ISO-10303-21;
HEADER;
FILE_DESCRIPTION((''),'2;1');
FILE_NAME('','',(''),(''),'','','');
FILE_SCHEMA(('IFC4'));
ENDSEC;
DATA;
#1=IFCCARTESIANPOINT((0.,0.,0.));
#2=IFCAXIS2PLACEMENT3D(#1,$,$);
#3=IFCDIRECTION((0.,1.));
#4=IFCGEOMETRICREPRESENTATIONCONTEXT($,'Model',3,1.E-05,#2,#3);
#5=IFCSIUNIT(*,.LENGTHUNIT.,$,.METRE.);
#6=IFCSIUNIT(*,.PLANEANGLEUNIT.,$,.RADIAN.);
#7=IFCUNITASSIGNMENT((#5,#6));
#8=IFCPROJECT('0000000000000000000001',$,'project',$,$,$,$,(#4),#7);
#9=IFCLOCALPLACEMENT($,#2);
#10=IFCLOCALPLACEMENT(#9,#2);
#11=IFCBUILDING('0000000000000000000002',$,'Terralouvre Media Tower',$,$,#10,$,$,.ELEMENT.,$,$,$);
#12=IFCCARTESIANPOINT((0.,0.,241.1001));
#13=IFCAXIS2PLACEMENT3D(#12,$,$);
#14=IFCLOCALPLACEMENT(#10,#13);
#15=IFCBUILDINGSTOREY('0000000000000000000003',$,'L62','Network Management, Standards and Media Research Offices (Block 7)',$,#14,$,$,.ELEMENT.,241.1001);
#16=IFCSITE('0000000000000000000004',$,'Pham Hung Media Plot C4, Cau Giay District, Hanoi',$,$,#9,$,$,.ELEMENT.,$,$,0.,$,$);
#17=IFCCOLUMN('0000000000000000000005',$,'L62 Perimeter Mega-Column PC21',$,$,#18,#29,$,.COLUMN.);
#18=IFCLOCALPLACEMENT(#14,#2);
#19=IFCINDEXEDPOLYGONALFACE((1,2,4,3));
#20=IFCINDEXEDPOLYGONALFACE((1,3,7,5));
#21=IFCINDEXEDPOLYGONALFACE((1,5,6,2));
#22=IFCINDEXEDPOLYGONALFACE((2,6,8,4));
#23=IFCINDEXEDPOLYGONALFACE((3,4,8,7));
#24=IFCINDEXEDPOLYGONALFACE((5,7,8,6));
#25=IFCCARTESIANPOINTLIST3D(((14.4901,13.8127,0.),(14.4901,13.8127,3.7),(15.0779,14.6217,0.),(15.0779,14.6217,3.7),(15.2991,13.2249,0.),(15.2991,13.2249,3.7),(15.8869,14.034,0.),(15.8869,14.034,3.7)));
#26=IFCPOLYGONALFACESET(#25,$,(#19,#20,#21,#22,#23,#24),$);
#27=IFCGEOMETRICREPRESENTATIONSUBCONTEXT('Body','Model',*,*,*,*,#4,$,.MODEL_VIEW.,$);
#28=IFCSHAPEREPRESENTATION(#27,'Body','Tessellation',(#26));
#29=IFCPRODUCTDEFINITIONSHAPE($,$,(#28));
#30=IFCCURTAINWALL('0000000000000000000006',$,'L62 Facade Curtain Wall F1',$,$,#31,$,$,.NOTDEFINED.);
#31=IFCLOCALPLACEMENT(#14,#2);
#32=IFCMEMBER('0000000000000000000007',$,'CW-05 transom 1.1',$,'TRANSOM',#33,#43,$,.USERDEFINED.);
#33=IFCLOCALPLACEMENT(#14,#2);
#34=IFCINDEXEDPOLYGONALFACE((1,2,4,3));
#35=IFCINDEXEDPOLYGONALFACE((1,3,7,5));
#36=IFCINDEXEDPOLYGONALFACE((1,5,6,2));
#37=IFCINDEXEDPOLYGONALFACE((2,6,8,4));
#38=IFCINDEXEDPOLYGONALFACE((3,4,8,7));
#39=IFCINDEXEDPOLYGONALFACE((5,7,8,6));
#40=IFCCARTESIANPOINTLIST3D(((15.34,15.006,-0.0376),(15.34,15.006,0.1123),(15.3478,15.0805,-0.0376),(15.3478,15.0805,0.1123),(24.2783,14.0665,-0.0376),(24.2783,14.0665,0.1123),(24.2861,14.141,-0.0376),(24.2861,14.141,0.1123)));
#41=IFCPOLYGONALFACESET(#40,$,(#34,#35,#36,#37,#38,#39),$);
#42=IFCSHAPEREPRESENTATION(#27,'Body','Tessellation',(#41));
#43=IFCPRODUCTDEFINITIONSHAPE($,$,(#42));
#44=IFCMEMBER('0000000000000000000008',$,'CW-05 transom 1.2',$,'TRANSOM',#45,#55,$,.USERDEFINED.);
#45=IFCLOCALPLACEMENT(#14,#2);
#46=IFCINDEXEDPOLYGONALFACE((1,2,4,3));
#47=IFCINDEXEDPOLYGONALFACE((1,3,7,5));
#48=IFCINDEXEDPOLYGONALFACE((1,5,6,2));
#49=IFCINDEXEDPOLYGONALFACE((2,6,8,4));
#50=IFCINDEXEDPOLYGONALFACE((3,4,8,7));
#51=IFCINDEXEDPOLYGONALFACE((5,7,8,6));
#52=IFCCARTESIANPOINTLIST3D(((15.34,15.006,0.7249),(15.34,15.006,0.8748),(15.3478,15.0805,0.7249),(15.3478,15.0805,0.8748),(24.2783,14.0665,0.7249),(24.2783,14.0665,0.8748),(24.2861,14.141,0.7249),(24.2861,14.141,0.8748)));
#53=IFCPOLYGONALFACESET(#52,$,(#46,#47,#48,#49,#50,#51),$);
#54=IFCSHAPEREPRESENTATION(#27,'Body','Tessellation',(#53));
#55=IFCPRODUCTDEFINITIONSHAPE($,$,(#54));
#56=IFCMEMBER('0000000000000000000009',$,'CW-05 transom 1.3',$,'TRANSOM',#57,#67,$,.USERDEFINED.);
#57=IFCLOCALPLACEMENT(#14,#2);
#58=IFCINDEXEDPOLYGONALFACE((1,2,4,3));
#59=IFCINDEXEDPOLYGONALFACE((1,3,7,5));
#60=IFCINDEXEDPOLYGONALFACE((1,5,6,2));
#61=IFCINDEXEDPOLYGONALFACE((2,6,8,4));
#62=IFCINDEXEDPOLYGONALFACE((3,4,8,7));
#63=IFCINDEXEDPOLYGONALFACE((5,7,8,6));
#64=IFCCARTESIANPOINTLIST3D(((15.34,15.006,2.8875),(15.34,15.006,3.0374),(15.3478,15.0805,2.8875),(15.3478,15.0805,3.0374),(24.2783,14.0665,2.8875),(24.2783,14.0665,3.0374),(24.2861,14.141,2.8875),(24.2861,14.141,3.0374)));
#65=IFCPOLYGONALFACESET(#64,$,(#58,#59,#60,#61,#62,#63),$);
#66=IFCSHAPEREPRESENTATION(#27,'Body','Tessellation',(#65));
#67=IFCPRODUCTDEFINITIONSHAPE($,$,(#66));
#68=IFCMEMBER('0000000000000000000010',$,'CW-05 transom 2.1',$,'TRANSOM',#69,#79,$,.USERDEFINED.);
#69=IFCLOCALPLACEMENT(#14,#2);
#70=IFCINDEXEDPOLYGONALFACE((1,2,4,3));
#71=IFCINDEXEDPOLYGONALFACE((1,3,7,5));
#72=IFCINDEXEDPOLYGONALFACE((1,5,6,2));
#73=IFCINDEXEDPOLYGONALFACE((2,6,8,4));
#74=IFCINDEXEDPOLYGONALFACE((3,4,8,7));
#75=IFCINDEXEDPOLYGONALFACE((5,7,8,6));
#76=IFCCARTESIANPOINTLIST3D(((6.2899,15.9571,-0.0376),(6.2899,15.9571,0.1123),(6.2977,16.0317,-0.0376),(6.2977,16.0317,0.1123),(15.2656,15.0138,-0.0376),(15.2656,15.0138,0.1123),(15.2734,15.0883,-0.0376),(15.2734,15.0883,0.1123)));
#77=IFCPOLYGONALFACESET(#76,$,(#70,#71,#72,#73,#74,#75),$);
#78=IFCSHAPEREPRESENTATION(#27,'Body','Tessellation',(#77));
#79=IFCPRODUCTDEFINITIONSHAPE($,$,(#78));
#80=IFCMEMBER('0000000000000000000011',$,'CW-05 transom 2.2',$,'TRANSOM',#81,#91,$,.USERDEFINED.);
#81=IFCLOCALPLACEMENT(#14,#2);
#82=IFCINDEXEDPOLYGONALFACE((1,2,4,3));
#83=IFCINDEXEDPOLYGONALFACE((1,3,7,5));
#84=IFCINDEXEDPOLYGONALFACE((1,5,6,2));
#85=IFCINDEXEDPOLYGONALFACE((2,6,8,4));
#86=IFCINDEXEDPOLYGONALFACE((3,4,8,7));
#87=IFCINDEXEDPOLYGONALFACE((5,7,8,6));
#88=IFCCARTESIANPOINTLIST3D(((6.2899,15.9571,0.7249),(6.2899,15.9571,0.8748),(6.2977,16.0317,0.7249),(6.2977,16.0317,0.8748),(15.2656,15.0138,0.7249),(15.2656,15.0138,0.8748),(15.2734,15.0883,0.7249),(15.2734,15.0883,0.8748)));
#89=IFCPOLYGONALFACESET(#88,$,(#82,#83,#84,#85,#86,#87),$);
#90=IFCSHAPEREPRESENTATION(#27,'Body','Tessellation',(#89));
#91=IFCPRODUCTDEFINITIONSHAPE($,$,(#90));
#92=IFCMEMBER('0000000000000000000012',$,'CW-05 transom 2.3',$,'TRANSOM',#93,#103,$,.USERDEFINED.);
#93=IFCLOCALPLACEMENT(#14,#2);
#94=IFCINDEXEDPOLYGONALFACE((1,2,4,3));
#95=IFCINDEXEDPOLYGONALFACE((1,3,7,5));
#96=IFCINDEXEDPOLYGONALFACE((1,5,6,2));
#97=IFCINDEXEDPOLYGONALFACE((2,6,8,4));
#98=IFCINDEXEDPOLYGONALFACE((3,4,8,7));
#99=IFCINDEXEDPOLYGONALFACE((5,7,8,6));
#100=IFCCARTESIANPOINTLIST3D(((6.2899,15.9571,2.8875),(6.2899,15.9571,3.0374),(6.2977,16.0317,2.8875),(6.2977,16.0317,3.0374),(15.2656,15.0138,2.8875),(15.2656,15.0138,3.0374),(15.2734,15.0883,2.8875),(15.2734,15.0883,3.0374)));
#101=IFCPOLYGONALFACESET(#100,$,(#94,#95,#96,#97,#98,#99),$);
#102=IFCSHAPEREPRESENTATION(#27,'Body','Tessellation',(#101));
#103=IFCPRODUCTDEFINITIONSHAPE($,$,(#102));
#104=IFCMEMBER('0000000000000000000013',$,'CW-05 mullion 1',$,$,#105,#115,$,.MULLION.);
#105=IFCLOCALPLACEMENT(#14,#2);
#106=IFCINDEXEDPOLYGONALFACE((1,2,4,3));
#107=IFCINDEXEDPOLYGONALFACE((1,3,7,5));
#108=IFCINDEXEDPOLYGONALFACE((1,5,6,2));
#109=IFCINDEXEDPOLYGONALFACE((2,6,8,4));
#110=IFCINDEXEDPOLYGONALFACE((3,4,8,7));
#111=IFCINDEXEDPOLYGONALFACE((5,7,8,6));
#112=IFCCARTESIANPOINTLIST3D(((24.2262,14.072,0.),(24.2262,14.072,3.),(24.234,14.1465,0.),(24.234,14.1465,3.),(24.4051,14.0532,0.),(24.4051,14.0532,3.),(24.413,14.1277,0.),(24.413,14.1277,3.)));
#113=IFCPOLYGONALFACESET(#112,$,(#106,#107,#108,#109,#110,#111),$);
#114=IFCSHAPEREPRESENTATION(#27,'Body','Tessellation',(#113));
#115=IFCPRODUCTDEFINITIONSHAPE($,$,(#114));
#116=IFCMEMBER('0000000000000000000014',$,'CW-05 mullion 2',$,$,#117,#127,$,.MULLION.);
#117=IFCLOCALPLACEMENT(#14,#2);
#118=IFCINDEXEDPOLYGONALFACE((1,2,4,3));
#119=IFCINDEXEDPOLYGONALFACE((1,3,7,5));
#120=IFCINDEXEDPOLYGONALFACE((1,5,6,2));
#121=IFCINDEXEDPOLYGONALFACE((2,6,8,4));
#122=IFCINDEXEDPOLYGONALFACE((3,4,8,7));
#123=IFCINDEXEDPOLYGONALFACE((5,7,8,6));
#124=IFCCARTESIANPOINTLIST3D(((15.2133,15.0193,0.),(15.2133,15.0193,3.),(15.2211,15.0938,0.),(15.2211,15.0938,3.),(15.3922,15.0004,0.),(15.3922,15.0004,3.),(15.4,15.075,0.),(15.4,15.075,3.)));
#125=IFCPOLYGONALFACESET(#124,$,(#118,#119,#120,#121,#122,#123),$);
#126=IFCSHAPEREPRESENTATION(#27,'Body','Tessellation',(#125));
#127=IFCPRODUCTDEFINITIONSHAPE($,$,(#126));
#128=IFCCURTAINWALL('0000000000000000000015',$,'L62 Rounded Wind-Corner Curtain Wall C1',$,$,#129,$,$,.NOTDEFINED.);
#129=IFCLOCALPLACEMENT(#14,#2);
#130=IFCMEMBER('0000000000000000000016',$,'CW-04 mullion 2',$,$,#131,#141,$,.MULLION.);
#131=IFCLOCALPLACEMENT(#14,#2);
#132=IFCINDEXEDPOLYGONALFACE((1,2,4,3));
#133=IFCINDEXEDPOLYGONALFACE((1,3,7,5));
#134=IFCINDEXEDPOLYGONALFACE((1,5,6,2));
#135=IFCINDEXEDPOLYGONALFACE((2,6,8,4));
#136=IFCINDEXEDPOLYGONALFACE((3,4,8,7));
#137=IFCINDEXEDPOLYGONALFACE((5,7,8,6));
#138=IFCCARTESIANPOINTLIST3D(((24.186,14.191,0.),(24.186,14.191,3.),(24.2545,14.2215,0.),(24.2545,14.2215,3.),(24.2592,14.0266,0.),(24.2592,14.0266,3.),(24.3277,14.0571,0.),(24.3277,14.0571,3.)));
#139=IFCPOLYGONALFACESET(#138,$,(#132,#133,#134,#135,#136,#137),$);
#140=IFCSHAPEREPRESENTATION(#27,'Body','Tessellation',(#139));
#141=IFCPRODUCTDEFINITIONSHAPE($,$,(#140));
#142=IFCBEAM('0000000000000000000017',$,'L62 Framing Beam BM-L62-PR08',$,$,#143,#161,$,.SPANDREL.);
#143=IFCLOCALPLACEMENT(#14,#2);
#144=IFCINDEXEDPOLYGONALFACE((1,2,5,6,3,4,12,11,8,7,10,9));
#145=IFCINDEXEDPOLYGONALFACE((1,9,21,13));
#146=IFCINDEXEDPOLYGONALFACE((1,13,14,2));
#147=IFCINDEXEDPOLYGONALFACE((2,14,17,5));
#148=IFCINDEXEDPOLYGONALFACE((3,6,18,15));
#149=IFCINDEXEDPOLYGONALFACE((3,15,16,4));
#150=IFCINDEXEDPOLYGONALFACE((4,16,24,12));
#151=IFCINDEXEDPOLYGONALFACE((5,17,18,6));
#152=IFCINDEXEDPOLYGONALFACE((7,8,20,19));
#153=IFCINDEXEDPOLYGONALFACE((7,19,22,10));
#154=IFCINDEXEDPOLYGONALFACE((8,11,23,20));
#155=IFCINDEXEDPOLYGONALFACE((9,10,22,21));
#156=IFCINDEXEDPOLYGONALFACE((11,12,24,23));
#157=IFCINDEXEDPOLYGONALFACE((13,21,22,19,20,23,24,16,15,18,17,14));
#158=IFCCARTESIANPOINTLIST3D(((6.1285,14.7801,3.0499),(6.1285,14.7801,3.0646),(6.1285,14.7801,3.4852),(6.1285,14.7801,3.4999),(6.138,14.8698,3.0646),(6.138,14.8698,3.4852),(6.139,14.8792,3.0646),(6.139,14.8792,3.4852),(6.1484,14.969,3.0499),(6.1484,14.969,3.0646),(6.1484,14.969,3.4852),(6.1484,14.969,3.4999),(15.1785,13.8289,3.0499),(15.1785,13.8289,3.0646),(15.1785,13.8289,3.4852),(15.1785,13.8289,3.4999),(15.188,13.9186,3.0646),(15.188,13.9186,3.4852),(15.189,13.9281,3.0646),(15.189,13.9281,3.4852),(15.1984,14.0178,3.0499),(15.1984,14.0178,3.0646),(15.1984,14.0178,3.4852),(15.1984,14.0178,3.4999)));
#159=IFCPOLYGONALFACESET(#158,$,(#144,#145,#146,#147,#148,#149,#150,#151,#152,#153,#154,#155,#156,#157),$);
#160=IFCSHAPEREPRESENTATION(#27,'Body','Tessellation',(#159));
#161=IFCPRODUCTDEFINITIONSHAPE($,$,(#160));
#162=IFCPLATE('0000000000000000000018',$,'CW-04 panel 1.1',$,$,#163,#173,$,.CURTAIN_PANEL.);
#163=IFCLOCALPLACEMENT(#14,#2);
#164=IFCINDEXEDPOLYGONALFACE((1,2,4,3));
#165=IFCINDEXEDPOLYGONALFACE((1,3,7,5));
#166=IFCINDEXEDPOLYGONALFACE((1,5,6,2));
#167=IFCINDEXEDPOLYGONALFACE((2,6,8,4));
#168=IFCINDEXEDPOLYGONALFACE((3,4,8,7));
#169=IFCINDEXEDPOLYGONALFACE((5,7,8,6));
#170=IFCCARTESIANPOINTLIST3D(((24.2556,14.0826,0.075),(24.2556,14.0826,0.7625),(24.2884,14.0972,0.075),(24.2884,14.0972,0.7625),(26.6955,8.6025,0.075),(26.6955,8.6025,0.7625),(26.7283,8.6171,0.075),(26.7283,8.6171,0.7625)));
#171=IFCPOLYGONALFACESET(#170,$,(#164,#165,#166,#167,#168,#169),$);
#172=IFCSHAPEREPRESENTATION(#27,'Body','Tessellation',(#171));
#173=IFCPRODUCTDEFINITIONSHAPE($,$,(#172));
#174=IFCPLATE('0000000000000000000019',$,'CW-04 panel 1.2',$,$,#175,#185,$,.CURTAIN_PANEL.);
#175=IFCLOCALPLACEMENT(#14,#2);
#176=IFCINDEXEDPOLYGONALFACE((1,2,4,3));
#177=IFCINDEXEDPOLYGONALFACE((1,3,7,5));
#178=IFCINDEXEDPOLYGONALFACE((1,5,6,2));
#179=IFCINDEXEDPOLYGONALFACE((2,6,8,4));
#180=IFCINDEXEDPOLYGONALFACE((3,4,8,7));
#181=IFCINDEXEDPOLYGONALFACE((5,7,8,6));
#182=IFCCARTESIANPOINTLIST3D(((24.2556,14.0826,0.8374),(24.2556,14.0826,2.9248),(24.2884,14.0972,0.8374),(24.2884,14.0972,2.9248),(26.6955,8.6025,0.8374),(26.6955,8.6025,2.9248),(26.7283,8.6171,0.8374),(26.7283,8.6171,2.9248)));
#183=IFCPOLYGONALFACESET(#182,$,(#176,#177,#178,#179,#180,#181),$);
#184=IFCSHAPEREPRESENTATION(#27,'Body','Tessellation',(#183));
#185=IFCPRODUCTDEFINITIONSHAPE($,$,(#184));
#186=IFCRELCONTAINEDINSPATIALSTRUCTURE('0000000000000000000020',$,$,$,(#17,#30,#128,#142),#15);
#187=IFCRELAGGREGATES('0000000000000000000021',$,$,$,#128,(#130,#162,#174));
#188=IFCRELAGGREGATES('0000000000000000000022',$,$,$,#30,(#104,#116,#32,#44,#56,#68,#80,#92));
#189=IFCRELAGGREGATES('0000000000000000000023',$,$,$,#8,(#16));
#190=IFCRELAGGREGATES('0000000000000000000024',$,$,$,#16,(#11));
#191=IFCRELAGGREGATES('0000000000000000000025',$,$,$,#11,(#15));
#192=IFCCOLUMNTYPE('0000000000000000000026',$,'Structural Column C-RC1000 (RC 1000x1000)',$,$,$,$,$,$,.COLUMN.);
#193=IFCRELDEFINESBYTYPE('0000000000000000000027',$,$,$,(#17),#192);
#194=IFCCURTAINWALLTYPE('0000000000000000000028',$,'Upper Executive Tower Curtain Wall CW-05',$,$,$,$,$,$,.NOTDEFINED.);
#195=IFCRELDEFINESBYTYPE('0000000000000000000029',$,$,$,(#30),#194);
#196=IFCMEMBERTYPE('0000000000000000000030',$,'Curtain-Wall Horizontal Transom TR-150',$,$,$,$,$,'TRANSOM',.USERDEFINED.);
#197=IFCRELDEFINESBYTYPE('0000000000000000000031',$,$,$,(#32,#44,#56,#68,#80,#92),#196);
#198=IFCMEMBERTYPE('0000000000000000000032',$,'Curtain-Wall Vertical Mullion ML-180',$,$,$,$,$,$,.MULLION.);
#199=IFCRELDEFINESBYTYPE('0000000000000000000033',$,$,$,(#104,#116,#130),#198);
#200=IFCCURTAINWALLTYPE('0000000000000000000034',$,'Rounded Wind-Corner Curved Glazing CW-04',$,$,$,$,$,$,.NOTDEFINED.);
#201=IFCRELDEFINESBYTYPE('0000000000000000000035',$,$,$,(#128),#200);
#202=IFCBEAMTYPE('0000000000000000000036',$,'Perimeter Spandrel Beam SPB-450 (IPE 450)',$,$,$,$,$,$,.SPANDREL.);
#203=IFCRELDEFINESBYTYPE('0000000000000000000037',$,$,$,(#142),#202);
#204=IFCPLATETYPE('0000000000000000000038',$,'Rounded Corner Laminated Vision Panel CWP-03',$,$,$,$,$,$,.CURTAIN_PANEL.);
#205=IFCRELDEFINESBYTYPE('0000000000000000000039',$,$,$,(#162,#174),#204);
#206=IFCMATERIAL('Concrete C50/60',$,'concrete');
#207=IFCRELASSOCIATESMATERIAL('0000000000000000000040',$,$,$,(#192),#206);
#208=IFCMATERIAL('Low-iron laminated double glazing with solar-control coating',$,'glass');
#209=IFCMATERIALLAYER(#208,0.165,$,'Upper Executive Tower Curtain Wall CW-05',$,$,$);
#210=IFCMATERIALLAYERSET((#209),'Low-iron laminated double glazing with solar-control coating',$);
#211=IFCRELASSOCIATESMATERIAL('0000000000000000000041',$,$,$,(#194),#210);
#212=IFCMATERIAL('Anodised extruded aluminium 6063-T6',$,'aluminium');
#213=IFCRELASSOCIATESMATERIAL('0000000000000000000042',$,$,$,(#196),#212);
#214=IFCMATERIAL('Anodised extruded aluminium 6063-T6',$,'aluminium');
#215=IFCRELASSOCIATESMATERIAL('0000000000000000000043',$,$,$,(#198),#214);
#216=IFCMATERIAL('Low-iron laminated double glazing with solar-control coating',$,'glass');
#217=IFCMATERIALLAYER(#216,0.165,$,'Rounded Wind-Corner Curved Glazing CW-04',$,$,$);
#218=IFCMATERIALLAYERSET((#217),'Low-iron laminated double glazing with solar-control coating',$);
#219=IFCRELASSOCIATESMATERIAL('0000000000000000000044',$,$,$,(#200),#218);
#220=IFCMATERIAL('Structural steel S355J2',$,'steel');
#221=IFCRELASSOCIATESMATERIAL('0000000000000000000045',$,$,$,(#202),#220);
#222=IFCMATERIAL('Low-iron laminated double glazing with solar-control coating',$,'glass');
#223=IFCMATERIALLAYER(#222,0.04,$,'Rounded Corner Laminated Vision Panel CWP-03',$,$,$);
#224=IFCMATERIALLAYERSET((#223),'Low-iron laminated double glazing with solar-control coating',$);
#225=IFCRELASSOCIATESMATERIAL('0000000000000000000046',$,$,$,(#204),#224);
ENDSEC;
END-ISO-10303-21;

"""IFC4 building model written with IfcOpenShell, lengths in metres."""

from ifc_helpers import new_model, si_unit, direction, frame, origin, origin_2d, place, context, subcontext, project, spatial, rectangle, i_section, extrude, material, layer, layer_set, material_profile, profile_set, type_object, element, aggregate, save


model = new_model("IFC4")

# Units and contexts
model_context = context("Model", 3, precision=1e-05, world=origin(), true_north=direction((0.0, 1.0)))
body_context = subcontext(model_context, "Body", "Model", "MODEL_VIEW")
ifc_project = project(units=[si_unit("LENGTHUNIT", "METRE"), si_unit("PLANEANGLEUNIT", "RADIAN")], contexts=[model_context])

# Site, building, storey
site_placement = place(None, origin())
site = spatial("IfcSite", under=ifc_project, at=site_placement, Name="Pham Hung Media Plot C4, Cau Giay District, Hanoi", CompositionType="ELEMENT", RefElevation=0.0)
building_placement = place(site_placement, origin())
building = spatial("IfcBuilding", under=site, at=building_placement, Name="Terralouvre Media Tower", CompositionType="ELEMENT")
storey_placement = place(building_placement, frame((0.0, 0.0, 241.1001)))
storey = spatial("IfcBuildingStorey", under=building, at=storey_placement, Name="L62", Description="Network Management, Standards and Media Research Offices (Block 7)", CompositionType="ELEMENT", Elevation=241.1001)

# Column
ifc_material_1 = material(Name="Concrete C50/60", Category="concrete")
ifc_material_profile_1 = material_profile(ifc_material_1, rectangle(XDim=1.0, YDim=1.0, at=origin_2d()), Name="RC 1000x1000")
ifc_profile_set_1 = profile_set([ifc_material_profile_1], Name="Concrete C50/60")
column_type = type_object("IfcColumnType", Name="Structural Column C-RC1000 (RC 1000x1000)", PredefinedType="COLUMN", material=ifc_profile_set_1)
column_placement = place(storey_placement, frame((15.1885, 13.9233, 0.0), z_axis=(0.0, 0.0, 1.0), x_axis=(0.587785, 0.809017, 0.0)))
element("IfcColumn", 1, at=column_placement, inside=storey, type_object=column_type, Name="L62 Perimeter Mega-Column PC21", PredefinedType="COLUMN", context=body_context, shape_type="SweptSolid", body=[
    extrude(rectangle(XDim=1.0, YDim=1.0, at=origin_2d()), origin(), (0.0, 0.0, 1.0), 3.7),
])

# Curtain wall, members
ifc_material_2 = material(Name="Low-iron laminated double glazing with solar-control coating", Category="glass")
ifc_layer_1 = layer(ifc_material_2, 0.165, Name="Upper Executive Tower Curtain Wall CW-05")
ifc_layer_set_1 = layer_set([ifc_layer_1], Name="Low-iron laminated double glazing with solar-control coating")
curtain_wall_type_1 = type_object("IfcCurtainWallType", Name="Upper Executive Tower Curtain Wall CW-05", PredefinedType="NOTDEFINED", material=ifc_layer_set_1)
curtain_wall_1_placement = place(storey_placement, origin())
curtain_wall_1 = element("IfcCurtainWall", 2, at=curtain_wall_1_placement, inside=storey, type_object=curtain_wall_type_1, Name="L62 Facade Curtain Wall F1", PredefinedType="NOTDEFINED")
ifc_material_3 = material(Name="Anodised extruded aluminium 6063-T6", Category="aluminium")
ifc_material_profile_2 = material_profile(ifc_material_3, rectangle(XDim=0.075, YDim=0.1499, at=origin_2d()), Name="ALU 75x150")
ifc_profile_set_2 = profile_set([ifc_material_profile_2], Name="Anodised extruded aluminium 6063-T6")
member_type_1 = type_object("IfcMemberType", Name="Curtain-Wall Horizontal Transom TR-150", ElementType="TRANSOM", PredefinedType="USERDEFINED", material=ifc_profile_set_2)
member_1_placement = place(storey_placement, frame((24.2822, 14.1038, 0.0374), z_axis=(-0.994522, 0.104529, 0.0), x_axis=(-0.104529, -0.994522, 0.0)))
member_1 = element("IfcMember", 3, at=member_1_placement, type_object=member_type_1, Name="CW-05 transom 1.1", ObjectType="TRANSOM", PredefinedType="USERDEFINED", context=body_context, shape_type="SweptSolid", body=[
    extrude(rectangle(XDim=0.075, YDim=0.1499, at=origin_2d()), origin(), (0.0, 0.0, 1.0), 8.9875),
])
member_2_placement = place(storey_placement, frame((24.2822, 14.1038, 0.7998), z_axis=(-0.994522, 0.104529, 0.0), x_axis=(-0.104529, -0.994522, 0.0)))
member_2 = element("IfcMember", 4, at=member_2_placement, type_object=member_type_1, Name="CW-05 transom 1.2", ObjectType="TRANSOM", PredefinedType="USERDEFINED", context=body_context, shape_type="SweptSolid", body=[
    extrude(rectangle(XDim=0.075, YDim=0.1499, at=origin_2d()), origin(), (0.0, 0.0, 1.0), 8.9875),
])
member_3_placement = place(storey_placement, frame((24.2822, 14.1038, 2.9624), z_axis=(-0.994522, 0.104529, 0.0), x_axis=(-0.104529, -0.994522, 0.0)))
member_3 = element("IfcMember", 5, at=member_3_placement, type_object=member_type_1, Name="CW-05 transom 1.3", ObjectType="TRANSOM", PredefinedType="USERDEFINED", context=body_context, shape_type="SweptSolid", body=[
    extrude(rectangle(XDim=0.075, YDim=0.1499, at=origin_2d()), origin(), (0.0, 0.0, 1.0), 8.9875),
])
member_4_placement = place(storey_placement, frame((15.2695, 15.051, 0.0374), z_axis=(-0.994522, 0.104527, 0.0), x_axis=(-0.104527, -0.994522, 0.0)))
member_4 = element("IfcMember", 6, at=member_4_placement, type_object=member_type_1, Name="CW-05 transom 2.1", ObjectType="TRANSOM", PredefinedType="USERDEFINED", context=body_context, shape_type="SweptSolid", body=[
    extrude(rectangle(XDim=0.075, YDim=0.1499, at=origin_2d()), origin(), (0.0, 0.0, 1.0), 9.0251),
])
member_5_placement = place(storey_placement, frame((15.2695, 15.051, 0.7998), z_axis=(-0.994522, 0.104527, 0.0), x_axis=(-0.104527, -0.994522, 0.0)))
member_5 = element("IfcMember", 7, at=member_5_placement, type_object=member_type_1, Name="CW-05 transom 2.2", ObjectType="TRANSOM", PredefinedType="USERDEFINED", context=body_context, shape_type="SweptSolid", body=[
    extrude(rectangle(XDim=0.075, YDim=0.1499, at=origin_2d()), origin(), (0.0, 0.0, 1.0), 9.0251),
])
member_6_placement = place(storey_placement, frame((15.2695, 15.051, 2.9624), z_axis=(-0.994522, 0.104527, 0.0), x_axis=(-0.104527, -0.994522, 0.0)))
member_6 = element("IfcMember", 8, at=member_6_placement, type_object=member_type_1, Name="CW-05 transom 2.3", ObjectType="TRANSOM", PredefinedType="USERDEFINED", context=body_context, shape_type="SweptSolid", body=[
    extrude(rectangle(XDim=0.075, YDim=0.1499, at=origin_2d()), origin(), (0.0, 0.0, 1.0), 9.0251),
])
ifc_material_4 = material(Name="Anodised extruded aluminium 6063-T6", Category="aluminium")
ifc_material_profile_3 = material_profile(ifc_material_4, rectangle(XDim=0.075, YDim=0.1799, at=origin_2d()), Name="ALU 75x180")
ifc_profile_set_3 = profile_set([ifc_material_profile_3], Name="Anodised extruded aluminium 6063-T6")
member_type_2 = type_object("IfcMemberType", Name="Curtain-Wall Vertical Mullion ML-180", PredefinedType="MULLION", material=ifc_profile_set_3)
member_7_placement = place(storey_placement, frame((24.3196, 14.0999, 0.0), z_axis=(0.0, 0.0, 1.0), x_axis=(-0.104529, -0.994522, 0.0)))
member_7 = element("IfcMember", 9, at=member_7_placement, type_object=member_type_2, Name="CW-05 mullion 1", PredefinedType="MULLION", context=body_context, shape_type="SweptSolid", body=[
    extrude(rectangle(XDim=0.075, YDim=0.1799, at=origin_2d()), origin(), (0.0, 0.0, 1.0), 3.0),
])
member_8_placement = place(storey_placement, frame((15.3066, 15.0471, 0.0), z_axis=(0.0, 0.0, 1.0), x_axis=(-0.104529, -0.994522, 0.0)))
member_8 = element("IfcMember", 10, at=member_8_placement, type_object=member_type_2, Name="CW-05 mullion 2", PredefinedType="MULLION", context=body_context, shape_type="SweptSolid", body=[
    extrude(rectangle(XDim=0.075, YDim=0.1799, at=origin_2d()), origin(), (0.0, 0.0, 1.0), 3.0),
])

# Curtain wall, member
ifc_material_5 = material(Name="Low-iron laminated double glazing with solar-control coating", Category="glass")
ifc_layer_2 = layer(ifc_material_5, 0.165, Name="Rounded Wind-Corner Curved Glazing CW-04")
ifc_layer_set_2 = layer_set([ifc_layer_2], Name="Low-iron laminated double glazing with solar-control coating")
curtain_wall_type_2 = type_object("IfcCurtainWallType", Name="Rounded Wind-Corner Curved Glazing CW-04", PredefinedType="NOTDEFINED", material=ifc_layer_set_2)
curtain_wall_2_placement = place(storey_placement, origin())
curtain_wall_2 = element("IfcCurtainWall", 11, at=curtain_wall_2_placement, inside=storey, type_object=curtain_wall_type_2, Name="L62 Rounded Wind-Corner Curtain Wall C1", PredefinedType="NOTDEFINED")
member_9_placement = place(storey_placement, frame((24.2568, 14.124, 0.0), z_axis=(0.0, 0.0, 1.0), x_axis=(-0.913545, -0.406737, 0.0)))
member_9 = element("IfcMember", 12, at=member_9_placement, type_object=member_type_2, Name="CW-04 mullion 2", PredefinedType="MULLION", context=body_context, shape_type="SweptSolid", body=[
    extrude(rectangle(XDim=0.075, YDim=0.1799, at=origin_2d()), origin(), (0.0, 0.0, 1.0), 3.0),
])

# Beam
ifc_material_6 = material(Name="Structural steel S355J2", Category="steel")
ifc_material_profile_4 = material_profile(ifc_material_6, i_section(OverallWidth=0.1899, OverallDepth=0.45, WebThickness=0.0095, FlangeThickness=0.0146, at=origin_2d()), Name="IPE 450")
ifc_profile_set_4 = profile_set([ifc_material_profile_4], Name="Structural steel S355J2")
beam_type = type_object("IfcBeamType", Name="Perimeter Spandrel Beam SPB-450 (IPE 450)", PredefinedType="SPANDREL", material=ifc_profile_set_4)
beam_placement = place(storey_placement, frame((15.1885, 13.9233, 3.2749), z_axis=(-0.994522, 0.104526, 0.0), x_axis=(-0.104526, -0.994522, 0.0)))
element("IfcBeam", 13, at=beam_placement, inside=storey, type_object=beam_type, Name="L62 Framing Beam BM-L62-PR08", PredefinedType="SPANDREL", context=body_context, shape_type="SweptSolid", body=[
    extrude(i_section(OverallWidth=0.1899, OverallDepth=0.45, WebThickness=0.0095, FlangeThickness=0.0146, at=origin_2d()), origin(), (0.0, 0.0, 1.0), 9.0999),
])

# Plates
ifc_material_7 = material(Name="Low-iron laminated double glazing with solar-control coating", Category="glass")
ifc_layer_3 = layer(ifc_material_7, 0.04, Name="Rounded Corner Laminated Vision Panel CWP-03")
ifc_layer_set_3 = layer_set([ifc_layer_3], Name="Low-iron laminated double glazing with solar-control coating")
plate_type_1 = type_object("IfcPlateType", Name="Rounded Corner Laminated Vision Panel CWP-03", PredefinedType="CURTAIN_PANEL", material=ifc_layer_set_3)
plate_1_placement = place(storey_placement, frame((25.4919, 11.3499, 0.075), z_axis=(0.0, 0.0, 1.0), x_axis=(-0.406737, 0.913545, 0.0)))
plate_1 = element("IfcPlate", 14, at=plate_1_placement, type_object=plate_type_1, Name="CW-04 panel 1.1", PredefinedType="CURTAIN_PANEL", context=body_context, shape_type="SweptSolid", body=[
    extrude(rectangle(XDim=5.9988, YDim=0.0359, at=origin_2d()), origin(), (0.0, 0.0, 1.0), 0.6875),
])
plate_2_placement = place(storey_placement, frame((25.4919, 11.3499, 0.8374), z_axis=(0.0, 0.0, 1.0), x_axis=(-0.406737, 0.913545, 0.0)))
plate_2 = element("IfcPlate", 15, at=plate_2_placement, type_object=plate_type_1, Name="CW-04 panel 1.2", PredefinedType="CURTAIN_PANEL", context=body_context, shape_type="SweptSolid", body=[
    extrude(rectangle(XDim=5.9988, YDim=0.0359, at=origin_2d()), origin(), (0.0, 0.0, 1.0), 2.0874),
])
aggregate(curtain_wall_2, [member_9, plate_1, plate_2])
aggregate(curtain_wall_1, [member_7, member_8, member_1, member_2, member_3, member_4, member_5, member_6])

save(model, "model.ifc")
